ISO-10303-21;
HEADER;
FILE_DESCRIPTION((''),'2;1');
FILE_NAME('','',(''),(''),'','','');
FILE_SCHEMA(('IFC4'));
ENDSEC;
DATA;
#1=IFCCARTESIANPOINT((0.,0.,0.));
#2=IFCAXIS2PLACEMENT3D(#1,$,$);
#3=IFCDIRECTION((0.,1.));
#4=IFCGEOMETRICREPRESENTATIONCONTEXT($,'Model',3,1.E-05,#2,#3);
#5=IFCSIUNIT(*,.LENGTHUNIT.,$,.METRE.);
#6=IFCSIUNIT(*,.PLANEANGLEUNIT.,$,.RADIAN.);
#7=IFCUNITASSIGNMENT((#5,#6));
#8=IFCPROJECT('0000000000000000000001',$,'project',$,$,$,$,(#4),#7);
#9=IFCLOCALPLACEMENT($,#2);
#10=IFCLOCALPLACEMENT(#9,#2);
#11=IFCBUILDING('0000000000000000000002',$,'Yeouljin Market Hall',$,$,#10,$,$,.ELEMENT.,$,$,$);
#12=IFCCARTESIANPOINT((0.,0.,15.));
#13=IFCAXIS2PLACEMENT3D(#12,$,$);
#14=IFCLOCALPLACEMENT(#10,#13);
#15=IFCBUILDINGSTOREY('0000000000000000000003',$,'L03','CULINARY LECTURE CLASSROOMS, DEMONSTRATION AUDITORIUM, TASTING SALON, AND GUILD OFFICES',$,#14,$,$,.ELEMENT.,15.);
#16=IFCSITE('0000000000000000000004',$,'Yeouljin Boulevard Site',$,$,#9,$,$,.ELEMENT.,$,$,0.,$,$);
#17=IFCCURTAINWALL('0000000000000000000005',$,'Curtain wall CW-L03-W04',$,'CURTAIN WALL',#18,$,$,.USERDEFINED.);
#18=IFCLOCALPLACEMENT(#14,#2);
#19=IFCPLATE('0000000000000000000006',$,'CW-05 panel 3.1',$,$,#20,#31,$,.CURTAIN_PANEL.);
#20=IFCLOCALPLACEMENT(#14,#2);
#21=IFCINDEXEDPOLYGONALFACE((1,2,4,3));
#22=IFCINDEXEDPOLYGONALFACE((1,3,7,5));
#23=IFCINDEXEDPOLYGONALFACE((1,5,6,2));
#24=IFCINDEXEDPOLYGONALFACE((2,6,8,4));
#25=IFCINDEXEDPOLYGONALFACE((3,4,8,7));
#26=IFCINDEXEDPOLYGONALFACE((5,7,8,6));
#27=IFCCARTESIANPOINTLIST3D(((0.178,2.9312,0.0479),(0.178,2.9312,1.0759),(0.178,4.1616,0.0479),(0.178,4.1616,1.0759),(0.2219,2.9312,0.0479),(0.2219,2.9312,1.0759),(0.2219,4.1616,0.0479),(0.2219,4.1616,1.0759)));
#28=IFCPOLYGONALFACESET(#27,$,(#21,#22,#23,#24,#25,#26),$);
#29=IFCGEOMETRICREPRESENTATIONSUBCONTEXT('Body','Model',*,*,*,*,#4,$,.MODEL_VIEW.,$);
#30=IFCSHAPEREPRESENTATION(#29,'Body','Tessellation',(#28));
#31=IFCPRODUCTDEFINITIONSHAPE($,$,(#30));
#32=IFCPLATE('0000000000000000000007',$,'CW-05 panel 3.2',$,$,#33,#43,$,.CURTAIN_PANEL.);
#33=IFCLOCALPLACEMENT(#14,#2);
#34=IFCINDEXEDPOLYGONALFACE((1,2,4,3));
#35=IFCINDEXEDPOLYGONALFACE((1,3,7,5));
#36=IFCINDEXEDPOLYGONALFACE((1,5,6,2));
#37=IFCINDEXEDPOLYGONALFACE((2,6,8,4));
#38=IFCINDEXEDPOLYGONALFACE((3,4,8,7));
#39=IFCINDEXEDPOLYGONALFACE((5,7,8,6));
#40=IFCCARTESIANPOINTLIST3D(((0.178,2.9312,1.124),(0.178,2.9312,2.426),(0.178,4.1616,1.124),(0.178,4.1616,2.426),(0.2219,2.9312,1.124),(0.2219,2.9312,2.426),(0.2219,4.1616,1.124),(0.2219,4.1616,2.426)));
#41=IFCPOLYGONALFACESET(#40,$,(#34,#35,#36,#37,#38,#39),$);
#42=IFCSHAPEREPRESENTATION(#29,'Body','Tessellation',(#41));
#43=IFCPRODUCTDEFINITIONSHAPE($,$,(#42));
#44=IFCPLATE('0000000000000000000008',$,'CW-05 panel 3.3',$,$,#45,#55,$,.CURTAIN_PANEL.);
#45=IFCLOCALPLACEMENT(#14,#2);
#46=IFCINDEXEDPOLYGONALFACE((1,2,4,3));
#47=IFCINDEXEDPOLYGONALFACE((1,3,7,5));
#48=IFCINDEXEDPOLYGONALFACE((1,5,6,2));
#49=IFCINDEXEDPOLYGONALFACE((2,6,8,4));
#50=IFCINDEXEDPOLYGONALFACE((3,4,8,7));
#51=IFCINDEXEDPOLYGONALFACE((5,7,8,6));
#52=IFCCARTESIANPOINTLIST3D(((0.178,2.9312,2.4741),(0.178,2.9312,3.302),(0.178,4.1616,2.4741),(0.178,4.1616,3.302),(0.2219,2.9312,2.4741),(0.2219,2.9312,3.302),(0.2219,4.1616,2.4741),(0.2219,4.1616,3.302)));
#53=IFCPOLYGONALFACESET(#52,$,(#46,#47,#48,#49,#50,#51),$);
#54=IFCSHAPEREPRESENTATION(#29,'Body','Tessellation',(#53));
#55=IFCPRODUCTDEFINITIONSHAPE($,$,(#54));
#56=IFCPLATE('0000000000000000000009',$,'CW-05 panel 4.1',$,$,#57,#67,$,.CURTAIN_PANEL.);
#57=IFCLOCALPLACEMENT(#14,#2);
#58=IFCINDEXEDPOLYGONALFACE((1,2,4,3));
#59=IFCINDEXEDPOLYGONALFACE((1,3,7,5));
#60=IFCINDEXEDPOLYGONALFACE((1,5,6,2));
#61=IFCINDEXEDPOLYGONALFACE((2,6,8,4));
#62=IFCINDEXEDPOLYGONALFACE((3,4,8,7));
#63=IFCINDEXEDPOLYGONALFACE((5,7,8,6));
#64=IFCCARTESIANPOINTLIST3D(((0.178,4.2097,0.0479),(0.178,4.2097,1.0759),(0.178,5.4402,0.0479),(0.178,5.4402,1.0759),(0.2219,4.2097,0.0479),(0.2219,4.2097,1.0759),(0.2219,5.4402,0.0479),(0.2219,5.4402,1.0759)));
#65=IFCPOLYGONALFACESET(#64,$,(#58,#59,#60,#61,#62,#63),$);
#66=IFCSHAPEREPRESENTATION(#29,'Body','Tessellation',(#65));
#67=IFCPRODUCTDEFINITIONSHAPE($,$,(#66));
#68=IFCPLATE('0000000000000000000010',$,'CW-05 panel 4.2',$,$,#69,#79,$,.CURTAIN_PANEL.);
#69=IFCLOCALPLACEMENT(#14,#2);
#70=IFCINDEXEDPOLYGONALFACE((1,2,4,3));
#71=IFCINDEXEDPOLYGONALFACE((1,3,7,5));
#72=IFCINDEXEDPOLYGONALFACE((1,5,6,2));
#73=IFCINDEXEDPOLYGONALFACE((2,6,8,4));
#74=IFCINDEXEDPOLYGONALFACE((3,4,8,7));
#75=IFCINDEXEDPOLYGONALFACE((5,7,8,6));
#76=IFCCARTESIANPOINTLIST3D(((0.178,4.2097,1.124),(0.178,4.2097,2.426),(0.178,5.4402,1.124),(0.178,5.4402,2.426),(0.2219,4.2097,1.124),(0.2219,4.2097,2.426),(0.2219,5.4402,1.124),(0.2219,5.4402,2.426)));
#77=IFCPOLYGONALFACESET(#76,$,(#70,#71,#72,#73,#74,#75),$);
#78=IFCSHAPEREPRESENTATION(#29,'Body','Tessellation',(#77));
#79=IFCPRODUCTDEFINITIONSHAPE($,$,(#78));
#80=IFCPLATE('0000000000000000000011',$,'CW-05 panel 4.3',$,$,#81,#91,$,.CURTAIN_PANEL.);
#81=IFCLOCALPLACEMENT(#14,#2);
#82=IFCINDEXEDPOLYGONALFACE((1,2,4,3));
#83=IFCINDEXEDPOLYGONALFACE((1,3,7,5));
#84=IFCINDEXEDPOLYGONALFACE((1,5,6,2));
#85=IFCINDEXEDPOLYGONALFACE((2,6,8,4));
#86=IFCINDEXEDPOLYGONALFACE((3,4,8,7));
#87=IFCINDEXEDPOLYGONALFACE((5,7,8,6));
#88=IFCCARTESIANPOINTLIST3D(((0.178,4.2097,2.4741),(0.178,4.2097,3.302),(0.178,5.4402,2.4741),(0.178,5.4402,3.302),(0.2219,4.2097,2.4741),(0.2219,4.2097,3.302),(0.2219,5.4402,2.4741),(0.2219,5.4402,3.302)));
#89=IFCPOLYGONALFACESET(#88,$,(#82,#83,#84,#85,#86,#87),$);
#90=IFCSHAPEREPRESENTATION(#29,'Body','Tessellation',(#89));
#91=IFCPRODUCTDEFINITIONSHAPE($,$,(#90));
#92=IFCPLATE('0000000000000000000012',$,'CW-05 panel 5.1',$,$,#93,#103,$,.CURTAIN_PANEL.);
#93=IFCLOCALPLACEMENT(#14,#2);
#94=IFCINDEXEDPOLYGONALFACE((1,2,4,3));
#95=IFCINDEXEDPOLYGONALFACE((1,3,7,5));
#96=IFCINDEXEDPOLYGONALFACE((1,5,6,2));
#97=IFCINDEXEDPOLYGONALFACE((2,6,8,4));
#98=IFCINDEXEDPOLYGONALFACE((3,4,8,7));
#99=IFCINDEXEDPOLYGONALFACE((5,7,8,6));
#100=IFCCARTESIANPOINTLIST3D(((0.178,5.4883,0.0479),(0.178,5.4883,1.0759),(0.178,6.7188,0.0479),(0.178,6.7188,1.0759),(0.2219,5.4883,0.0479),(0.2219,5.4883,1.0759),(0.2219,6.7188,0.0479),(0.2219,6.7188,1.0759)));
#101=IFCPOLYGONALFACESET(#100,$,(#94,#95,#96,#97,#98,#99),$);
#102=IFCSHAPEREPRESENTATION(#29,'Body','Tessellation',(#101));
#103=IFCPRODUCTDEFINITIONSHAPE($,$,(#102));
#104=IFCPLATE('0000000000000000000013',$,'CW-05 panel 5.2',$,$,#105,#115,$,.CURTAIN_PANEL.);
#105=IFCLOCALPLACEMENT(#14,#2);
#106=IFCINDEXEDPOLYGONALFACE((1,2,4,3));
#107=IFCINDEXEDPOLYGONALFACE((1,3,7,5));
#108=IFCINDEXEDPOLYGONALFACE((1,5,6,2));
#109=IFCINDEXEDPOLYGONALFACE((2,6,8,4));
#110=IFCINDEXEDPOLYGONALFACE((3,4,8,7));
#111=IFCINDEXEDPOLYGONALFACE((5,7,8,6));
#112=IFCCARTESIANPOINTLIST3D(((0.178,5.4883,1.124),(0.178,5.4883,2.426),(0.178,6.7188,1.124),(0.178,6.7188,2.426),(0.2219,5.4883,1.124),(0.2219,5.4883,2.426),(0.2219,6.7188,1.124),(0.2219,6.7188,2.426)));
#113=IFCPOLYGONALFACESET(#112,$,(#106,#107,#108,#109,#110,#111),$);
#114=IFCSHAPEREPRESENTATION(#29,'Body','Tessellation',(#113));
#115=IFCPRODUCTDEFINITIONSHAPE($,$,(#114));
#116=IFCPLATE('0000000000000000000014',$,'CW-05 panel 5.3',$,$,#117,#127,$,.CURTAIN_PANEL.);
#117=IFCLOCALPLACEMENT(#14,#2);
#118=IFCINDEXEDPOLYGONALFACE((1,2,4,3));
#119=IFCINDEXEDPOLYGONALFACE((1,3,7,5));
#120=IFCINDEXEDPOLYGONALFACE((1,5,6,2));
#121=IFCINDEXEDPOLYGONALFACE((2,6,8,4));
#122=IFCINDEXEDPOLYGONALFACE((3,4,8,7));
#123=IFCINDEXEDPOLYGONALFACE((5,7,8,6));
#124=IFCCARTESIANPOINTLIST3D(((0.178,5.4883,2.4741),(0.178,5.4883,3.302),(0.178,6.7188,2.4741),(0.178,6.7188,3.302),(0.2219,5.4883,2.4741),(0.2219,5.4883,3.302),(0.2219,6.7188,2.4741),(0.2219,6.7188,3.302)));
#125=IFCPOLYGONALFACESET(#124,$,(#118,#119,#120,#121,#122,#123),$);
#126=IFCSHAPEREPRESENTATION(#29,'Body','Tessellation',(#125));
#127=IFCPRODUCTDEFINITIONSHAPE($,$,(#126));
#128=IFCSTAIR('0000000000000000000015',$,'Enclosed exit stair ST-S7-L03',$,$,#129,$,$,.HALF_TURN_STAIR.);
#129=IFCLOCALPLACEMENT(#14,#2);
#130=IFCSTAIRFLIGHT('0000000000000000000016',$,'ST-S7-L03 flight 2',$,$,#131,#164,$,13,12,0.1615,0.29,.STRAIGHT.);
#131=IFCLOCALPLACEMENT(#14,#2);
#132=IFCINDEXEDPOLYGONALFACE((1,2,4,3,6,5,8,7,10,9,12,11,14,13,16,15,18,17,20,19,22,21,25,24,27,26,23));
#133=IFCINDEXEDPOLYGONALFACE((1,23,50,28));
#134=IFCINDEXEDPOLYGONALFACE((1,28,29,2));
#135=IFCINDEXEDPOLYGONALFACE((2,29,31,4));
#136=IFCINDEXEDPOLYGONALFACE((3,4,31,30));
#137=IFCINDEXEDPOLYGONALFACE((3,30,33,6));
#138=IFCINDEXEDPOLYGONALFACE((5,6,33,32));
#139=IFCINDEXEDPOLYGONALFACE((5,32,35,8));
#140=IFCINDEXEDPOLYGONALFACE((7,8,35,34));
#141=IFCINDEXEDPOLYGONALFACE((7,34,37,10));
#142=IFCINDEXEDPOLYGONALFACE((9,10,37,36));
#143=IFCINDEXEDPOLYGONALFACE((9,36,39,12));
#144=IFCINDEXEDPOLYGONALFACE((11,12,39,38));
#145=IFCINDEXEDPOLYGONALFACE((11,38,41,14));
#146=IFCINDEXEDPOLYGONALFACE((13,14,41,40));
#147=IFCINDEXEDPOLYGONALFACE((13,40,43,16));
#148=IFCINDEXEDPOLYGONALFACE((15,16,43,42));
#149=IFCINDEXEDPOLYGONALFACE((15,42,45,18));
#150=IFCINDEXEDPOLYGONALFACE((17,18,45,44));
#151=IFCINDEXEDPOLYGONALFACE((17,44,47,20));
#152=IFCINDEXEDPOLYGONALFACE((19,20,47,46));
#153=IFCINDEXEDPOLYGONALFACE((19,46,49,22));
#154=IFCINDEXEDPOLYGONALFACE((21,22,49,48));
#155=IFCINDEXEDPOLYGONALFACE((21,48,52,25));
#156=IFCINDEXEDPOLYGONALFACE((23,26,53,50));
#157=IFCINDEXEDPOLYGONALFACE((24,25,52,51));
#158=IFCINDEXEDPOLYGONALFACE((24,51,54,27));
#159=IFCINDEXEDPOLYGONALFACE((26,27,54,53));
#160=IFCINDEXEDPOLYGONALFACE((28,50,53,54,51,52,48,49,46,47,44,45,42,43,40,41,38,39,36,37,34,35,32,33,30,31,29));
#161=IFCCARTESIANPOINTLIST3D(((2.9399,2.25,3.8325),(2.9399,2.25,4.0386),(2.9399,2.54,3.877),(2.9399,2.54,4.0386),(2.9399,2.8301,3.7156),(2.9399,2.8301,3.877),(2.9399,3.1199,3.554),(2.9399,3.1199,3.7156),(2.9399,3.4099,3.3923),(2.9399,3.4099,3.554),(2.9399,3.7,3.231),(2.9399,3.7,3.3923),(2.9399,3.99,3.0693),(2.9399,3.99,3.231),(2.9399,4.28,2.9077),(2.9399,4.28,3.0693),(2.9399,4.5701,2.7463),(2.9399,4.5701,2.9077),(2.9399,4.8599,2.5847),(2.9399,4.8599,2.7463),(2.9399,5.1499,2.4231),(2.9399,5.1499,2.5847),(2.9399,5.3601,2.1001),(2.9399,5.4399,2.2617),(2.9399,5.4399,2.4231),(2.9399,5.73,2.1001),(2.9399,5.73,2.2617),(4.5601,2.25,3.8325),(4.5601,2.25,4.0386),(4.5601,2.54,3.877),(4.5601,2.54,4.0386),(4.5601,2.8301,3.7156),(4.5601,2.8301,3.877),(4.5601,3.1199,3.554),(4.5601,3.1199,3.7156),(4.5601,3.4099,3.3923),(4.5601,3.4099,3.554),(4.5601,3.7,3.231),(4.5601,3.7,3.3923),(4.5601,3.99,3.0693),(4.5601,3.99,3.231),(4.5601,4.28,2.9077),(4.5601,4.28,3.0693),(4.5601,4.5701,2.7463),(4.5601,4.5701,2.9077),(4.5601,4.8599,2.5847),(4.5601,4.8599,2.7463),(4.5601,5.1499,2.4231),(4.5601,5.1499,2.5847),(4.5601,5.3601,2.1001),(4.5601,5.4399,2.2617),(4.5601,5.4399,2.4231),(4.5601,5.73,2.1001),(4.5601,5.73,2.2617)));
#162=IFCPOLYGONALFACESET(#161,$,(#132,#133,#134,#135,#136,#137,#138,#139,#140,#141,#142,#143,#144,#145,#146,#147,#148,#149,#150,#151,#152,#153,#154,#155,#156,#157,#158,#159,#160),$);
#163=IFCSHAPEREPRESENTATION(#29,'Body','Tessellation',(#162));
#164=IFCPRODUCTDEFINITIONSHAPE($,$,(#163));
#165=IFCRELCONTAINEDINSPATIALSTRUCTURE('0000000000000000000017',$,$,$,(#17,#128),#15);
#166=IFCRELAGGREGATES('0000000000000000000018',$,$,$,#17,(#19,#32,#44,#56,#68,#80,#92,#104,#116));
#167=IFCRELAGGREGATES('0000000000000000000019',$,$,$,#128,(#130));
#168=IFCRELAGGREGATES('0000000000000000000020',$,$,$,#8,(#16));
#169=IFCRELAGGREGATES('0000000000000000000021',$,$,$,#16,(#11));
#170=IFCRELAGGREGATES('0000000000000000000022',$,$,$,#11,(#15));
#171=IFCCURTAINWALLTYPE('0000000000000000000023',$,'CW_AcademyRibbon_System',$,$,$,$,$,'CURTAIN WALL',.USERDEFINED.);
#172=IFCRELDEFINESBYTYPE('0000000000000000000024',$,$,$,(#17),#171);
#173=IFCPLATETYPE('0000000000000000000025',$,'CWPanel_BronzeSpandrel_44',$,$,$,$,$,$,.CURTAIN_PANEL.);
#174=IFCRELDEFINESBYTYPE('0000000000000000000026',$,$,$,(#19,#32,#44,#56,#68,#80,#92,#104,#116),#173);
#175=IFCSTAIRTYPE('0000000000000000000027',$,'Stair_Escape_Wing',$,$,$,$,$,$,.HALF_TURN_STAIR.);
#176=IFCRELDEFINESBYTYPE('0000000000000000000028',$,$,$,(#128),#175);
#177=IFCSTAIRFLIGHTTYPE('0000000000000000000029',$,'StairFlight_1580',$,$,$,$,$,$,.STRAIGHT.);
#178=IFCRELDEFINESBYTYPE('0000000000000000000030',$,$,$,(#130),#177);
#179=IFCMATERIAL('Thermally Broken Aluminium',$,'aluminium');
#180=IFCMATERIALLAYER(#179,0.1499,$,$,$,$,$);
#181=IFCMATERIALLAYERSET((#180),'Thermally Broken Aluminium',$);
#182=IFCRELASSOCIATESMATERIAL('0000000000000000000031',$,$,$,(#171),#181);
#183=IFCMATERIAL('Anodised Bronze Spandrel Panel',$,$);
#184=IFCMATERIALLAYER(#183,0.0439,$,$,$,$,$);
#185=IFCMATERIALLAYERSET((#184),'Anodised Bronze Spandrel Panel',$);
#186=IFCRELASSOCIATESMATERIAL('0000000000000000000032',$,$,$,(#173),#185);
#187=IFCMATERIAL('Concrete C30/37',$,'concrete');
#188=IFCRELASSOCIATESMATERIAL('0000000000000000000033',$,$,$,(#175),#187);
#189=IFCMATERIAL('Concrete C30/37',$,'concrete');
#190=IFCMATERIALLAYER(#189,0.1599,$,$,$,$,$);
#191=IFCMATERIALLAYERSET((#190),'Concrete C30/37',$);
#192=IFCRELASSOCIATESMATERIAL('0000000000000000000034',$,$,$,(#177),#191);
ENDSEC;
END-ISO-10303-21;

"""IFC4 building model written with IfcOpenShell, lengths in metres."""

from ifc_helpers import new_model, si_unit, direction, frame, origin, origin_2d, place, context, subcontext, project, spatial, polyline, rectangle, outline, extrude, material, layer, layer_set, type_object, element, aggregate, save


model = new_model("IFC4")

# Units and contexts
model_context = context("Model", 3, precision=1e-05, world=origin(), true_north=direction((0.0, 1.0)))
body_context = subcontext(model_context, "Body", "Model", "MODEL_VIEW")
ifc_project = project(units=[si_unit("LENGTHUNIT", "METRE"), si_unit("PLANEANGLEUNIT", "RADIAN")], contexts=[model_context])

# Site, building, storey
site_placement = place(None, origin())
site = spatial("IfcSite", under=ifc_project, at=site_placement, Name="Yeouljin Boulevard Site", CompositionType="ELEMENT", RefElevation=0.0)
building_placement = place(site_placement, origin())
building = spatial("IfcBuilding", under=site, at=building_placement, Name="Yeouljin Market Hall", CompositionType="ELEMENT")
storey_placement = place(building_placement, frame((0.0, 0.0, 15.0)))
storey = spatial("IfcBuildingStorey", under=building, at=storey_placement, Name="L03", Description="CULINARY LECTURE CLASSROOMS, DEMONSTRATION AUDITORIUM, TASTING SALON, AND GUILD OFFICES", CompositionType="ELEMENT", Elevation=15.0)

# Curtain wall, plates
ifc_material_1 = material(Name="Thermally Broken Aluminium", Category="aluminium")
ifc_layer_1 = layer(ifc_material_1, 0.1499)
ifc_layer_set_1 = layer_set([ifc_layer_1], Name="Thermally Broken Aluminium")
curtain_wall_type = type_object("IfcCurtainWallType", Name="CW_AcademyRibbon_System", ElementType="CURTAIN WALL", PredefinedType="USERDEFINED", material=ifc_layer_set_1)
curtain_wall_placement = place(storey_placement, origin())
curtain_wall = element("IfcCurtainWall", 1, at=curtain_wall_placement, inside=storey, type_object=curtain_wall_type, Name="Curtain wall CW-L03-W04", ObjectType="CURTAIN WALL", PredefinedType="USERDEFINED")
ifc_material_2 = material(Name="Anodised Bronze Spandrel Panel")
ifc_layer_2 = layer(ifc_material_2, 0.0439)
ifc_layer_set_2 = layer_set([ifc_layer_2], Name="Anodised Bronze Spandrel Panel")
plate_type = type_object("IfcPlateType", Name="CWPanel_BronzeSpandrel_44", PredefinedType="CURTAIN_PANEL", material=ifc_layer_set_2)
plate_1_placement = place(storey_placement, frame((0.2, 3.5464, 0.0479), z_axis=(0.0, 0.0, 1.0), x_axis=(0.0, 1.0, 0.0)))
plate_1 = element("IfcPlate", 2, at=plate_1_placement, type_object=plate_type, Name="CW-05 panel 3.1", PredefinedType="CURTAIN_PANEL", context=body_context, shape_type="SweptSolid", body=[
    extrude(rectangle(XDim=1.2305, YDim=0.0439, at=origin_2d()), origin(), (0.0, 0.0, 1.0), 1.0281),
])
plate_2_placement = place(storey_placement, frame((0.2, 3.5464, 1.124), z_axis=(0.0, 0.0, 1.0), x_axis=(0.0, 1.0, 0.0)))
plate_2 = element("IfcPlate", 3, at=plate_2_placement, type_object=plate_type, Name="CW-05 panel 3.2", PredefinedType="CURTAIN_PANEL", context=body_context, shape_type="SweptSolid", body=[
    extrude(rectangle(XDim=1.2305, YDim=0.0439, at=origin_2d()), origin(), (0.0, 0.0, 1.0), 1.302),
])
plate_3_placement = place(storey_placement, frame((0.2, 3.5464, 2.4741), z_axis=(0.0, 0.0, 1.0), x_axis=(0.0, 1.0, 0.0)))
plate_3 = element("IfcPlate", 4, at=plate_3_placement, type_object=plate_type, Name="CW-05 panel 3.3", PredefinedType="CURTAIN_PANEL", context=body_context, shape_type="SweptSolid", body=[
    extrude(rectangle(XDim=1.2305, YDim=0.0439, at=origin_2d()), origin(), (0.0, 0.0, 1.0), 0.8279),
])
plate_4_placement = place(storey_placement, frame((0.2, 4.825, 0.0479), z_axis=(0.0, 0.0, 1.0), x_axis=(0.0, 1.0, 0.0)))
plate_4 = element("IfcPlate", 5, at=plate_4_placement, type_object=plate_type, Name="CW-05 panel 4.1", PredefinedType="CURTAIN_PANEL", context=body_context, shape_type="SweptSolid", body=[
    extrude(rectangle(XDim=1.2305, YDim=0.0439, at=origin_2d()), origin(), (0.0, 0.0, 1.0), 1.0281),
])
plate_5_placement = place(storey_placement, frame((0.2, 4.825, 1.124), z_axis=(0.0, 0.0, 1.0), x_axis=(0.0, 1.0, 0.0)))
plate_5 = element("IfcPlate", 6, at=plate_5_placement, type_object=plate_type, Name="CW-05 panel 4.2", PredefinedType="CURTAIN_PANEL", context=body_context, shape_type="SweptSolid", body=[
    extrude(rectangle(XDim=1.2305, YDim=0.0439, at=origin_2d()), origin(), (0.0, 0.0, 1.0), 1.302),
])
plate_6_placement = place(storey_placement, frame((0.2, 4.825, 2.4741), z_axis=(0.0, 0.0, 1.0), x_axis=(0.0, 1.0, 0.0)))
plate_6 = element("IfcPlate", 7, at=plate_6_placement, type_object=plate_type, Name="CW-05 panel 4.3", PredefinedType="CURTAIN_PANEL", context=body_context, shape_type="SweptSolid", body=[
    extrude(rectangle(XDim=1.2305, YDim=0.0439, at=origin_2d()), origin(), (0.0, 0.0, 1.0), 0.8279),
])
plate_7_placement = place(storey_placement, frame((0.2, 6.1035, 0.0479), z_axis=(0.0, 0.0, 1.0), x_axis=(0.0, 1.0, 0.0)))
plate_7 = element("IfcPlate", 8, at=plate_7_placement, type_object=plate_type, Name="CW-05 panel 5.1", PredefinedType="CURTAIN_PANEL", context=body_context, shape_type="SweptSolid", body=[
    extrude(rectangle(XDim=1.2305, YDim=0.0439, at=origin_2d()), origin(), (0.0, 0.0, 1.0), 1.0281),
])
plate_8_placement = place(storey_placement, frame((0.2, 6.1035, 1.124), z_axis=(0.0, 0.0, 1.0), x_axis=(0.0, 1.0, 0.0)))
plate_8 = element("IfcPlate", 9, at=plate_8_placement, type_object=plate_type, Name="CW-05 panel 5.2", PredefinedType="CURTAIN_PANEL", context=body_context, shape_type="SweptSolid", body=[
    extrude(rectangle(XDim=1.2305, YDim=0.0439, at=origin_2d()), origin(), (0.0, 0.0, 1.0), 1.302),
])
plate_9_placement = place(storey_placement, frame((0.2, 6.1035, 2.4741), z_axis=(0.0, 0.0, 1.0), x_axis=(0.0, 1.0, 0.0)))
plate_9 = element("IfcPlate", 10, at=plate_9_placement, type_object=plate_type, Name="CW-05 panel 5.3", PredefinedType="CURTAIN_PANEL", context=body_context, shape_type="SweptSolid", body=[
    extrude(rectangle(XDim=1.2305, YDim=0.0439, at=origin_2d()), origin(), (0.0, 0.0, 1.0), 0.8279),
])
aggregate(curtain_wall, [plate_1, plate_2, plate_3, plate_4, plate_5, plate_6, plate_7, plate_8, plate_9])

# Stair, stair flight
ifc_material_3 = material(Name="Concrete C30/37", Category="concrete")
stair_type = type_object("IfcStairType", Name="Stair_Escape_Wing", PredefinedType="HALF_TURN_STAIR", material=ifc_material_3)
stair_placement = place(storey_placement, origin())
stair = element("IfcStair", 11, at=stair_placement, inside=storey, type_object=stair_type, Name="Enclosed exit stair ST-S7-L03", PredefinedType="HALF_TURN_STAIR")
ifc_material_4 = material(Name="Concrete C30/37", Category="concrete")
ifc_layer_3 = layer(ifc_material_4, 0.1599)
ifc_layer_set_3 = layer_set([ifc_layer_3], Name="Concrete C30/37")
stair_flight_type = type_object("IfcStairFlightType", Name="StairFlight_1580", PredefinedType="STRAIGHT", material=ifc_layer_set_3)
stair_flight_placement = place(storey_placement, frame((3.75, 5.73, 2.1001), z_axis=(0.0, 0.0, 1.0), x_axis=(0.0, -1.0, 0.0)))
stair_flight = element("IfcStairFlight", 12, at=stair_flight_placement, type_object=stair_flight_type, Name="ST-S7-L03 flight 2", NumberOfRisers=13, NumberOfTreads=12, PredefinedType="STRAIGHT", RiserHeight=0.1615, TreadLength=0.29, context=body_context, shape_type="SweptSolid", body=[
    extrude(outline(polyline([(0.0, 0.0), (0.0, 0.1616), (0.29, 0.1616), (0.29, 0.323), (0.5801, 0.323), (0.5801, 0.4846), (0.8701, 0.4846), (0.8701, 0.6462), (1.1599, 0.6462), (1.1599, 0.8076), (1.45, 0.8076), (1.45, 0.9692), (1.74, 0.9692), (1.74, 1.1309), (2.03, 1.1309), (2.03, 1.2922), (2.3201, 1.2922), (2.3201, 1.4539), (2.6101, 1.4539), (2.6101, 1.6155), (2.8999, 1.6155), (2.8999, 1.7769), (3.1899, 1.7769), (3.1899, 1.9385), (3.48, 1.9385), (3.48, 2.1001), (3.48, 1.7324), (0.3699, 0.0), (0.0, 0.0)])), frame((0.0, 0.8101, 0.0), z_axis=(0.0, -1.0, 0.0), x_axis=(1.0, 0.0, 0.0)), (0.0, 0.0, 1.0), 1.6201),
])
aggregate(stair, [stair_flight])

save(model, "model.ifc")
